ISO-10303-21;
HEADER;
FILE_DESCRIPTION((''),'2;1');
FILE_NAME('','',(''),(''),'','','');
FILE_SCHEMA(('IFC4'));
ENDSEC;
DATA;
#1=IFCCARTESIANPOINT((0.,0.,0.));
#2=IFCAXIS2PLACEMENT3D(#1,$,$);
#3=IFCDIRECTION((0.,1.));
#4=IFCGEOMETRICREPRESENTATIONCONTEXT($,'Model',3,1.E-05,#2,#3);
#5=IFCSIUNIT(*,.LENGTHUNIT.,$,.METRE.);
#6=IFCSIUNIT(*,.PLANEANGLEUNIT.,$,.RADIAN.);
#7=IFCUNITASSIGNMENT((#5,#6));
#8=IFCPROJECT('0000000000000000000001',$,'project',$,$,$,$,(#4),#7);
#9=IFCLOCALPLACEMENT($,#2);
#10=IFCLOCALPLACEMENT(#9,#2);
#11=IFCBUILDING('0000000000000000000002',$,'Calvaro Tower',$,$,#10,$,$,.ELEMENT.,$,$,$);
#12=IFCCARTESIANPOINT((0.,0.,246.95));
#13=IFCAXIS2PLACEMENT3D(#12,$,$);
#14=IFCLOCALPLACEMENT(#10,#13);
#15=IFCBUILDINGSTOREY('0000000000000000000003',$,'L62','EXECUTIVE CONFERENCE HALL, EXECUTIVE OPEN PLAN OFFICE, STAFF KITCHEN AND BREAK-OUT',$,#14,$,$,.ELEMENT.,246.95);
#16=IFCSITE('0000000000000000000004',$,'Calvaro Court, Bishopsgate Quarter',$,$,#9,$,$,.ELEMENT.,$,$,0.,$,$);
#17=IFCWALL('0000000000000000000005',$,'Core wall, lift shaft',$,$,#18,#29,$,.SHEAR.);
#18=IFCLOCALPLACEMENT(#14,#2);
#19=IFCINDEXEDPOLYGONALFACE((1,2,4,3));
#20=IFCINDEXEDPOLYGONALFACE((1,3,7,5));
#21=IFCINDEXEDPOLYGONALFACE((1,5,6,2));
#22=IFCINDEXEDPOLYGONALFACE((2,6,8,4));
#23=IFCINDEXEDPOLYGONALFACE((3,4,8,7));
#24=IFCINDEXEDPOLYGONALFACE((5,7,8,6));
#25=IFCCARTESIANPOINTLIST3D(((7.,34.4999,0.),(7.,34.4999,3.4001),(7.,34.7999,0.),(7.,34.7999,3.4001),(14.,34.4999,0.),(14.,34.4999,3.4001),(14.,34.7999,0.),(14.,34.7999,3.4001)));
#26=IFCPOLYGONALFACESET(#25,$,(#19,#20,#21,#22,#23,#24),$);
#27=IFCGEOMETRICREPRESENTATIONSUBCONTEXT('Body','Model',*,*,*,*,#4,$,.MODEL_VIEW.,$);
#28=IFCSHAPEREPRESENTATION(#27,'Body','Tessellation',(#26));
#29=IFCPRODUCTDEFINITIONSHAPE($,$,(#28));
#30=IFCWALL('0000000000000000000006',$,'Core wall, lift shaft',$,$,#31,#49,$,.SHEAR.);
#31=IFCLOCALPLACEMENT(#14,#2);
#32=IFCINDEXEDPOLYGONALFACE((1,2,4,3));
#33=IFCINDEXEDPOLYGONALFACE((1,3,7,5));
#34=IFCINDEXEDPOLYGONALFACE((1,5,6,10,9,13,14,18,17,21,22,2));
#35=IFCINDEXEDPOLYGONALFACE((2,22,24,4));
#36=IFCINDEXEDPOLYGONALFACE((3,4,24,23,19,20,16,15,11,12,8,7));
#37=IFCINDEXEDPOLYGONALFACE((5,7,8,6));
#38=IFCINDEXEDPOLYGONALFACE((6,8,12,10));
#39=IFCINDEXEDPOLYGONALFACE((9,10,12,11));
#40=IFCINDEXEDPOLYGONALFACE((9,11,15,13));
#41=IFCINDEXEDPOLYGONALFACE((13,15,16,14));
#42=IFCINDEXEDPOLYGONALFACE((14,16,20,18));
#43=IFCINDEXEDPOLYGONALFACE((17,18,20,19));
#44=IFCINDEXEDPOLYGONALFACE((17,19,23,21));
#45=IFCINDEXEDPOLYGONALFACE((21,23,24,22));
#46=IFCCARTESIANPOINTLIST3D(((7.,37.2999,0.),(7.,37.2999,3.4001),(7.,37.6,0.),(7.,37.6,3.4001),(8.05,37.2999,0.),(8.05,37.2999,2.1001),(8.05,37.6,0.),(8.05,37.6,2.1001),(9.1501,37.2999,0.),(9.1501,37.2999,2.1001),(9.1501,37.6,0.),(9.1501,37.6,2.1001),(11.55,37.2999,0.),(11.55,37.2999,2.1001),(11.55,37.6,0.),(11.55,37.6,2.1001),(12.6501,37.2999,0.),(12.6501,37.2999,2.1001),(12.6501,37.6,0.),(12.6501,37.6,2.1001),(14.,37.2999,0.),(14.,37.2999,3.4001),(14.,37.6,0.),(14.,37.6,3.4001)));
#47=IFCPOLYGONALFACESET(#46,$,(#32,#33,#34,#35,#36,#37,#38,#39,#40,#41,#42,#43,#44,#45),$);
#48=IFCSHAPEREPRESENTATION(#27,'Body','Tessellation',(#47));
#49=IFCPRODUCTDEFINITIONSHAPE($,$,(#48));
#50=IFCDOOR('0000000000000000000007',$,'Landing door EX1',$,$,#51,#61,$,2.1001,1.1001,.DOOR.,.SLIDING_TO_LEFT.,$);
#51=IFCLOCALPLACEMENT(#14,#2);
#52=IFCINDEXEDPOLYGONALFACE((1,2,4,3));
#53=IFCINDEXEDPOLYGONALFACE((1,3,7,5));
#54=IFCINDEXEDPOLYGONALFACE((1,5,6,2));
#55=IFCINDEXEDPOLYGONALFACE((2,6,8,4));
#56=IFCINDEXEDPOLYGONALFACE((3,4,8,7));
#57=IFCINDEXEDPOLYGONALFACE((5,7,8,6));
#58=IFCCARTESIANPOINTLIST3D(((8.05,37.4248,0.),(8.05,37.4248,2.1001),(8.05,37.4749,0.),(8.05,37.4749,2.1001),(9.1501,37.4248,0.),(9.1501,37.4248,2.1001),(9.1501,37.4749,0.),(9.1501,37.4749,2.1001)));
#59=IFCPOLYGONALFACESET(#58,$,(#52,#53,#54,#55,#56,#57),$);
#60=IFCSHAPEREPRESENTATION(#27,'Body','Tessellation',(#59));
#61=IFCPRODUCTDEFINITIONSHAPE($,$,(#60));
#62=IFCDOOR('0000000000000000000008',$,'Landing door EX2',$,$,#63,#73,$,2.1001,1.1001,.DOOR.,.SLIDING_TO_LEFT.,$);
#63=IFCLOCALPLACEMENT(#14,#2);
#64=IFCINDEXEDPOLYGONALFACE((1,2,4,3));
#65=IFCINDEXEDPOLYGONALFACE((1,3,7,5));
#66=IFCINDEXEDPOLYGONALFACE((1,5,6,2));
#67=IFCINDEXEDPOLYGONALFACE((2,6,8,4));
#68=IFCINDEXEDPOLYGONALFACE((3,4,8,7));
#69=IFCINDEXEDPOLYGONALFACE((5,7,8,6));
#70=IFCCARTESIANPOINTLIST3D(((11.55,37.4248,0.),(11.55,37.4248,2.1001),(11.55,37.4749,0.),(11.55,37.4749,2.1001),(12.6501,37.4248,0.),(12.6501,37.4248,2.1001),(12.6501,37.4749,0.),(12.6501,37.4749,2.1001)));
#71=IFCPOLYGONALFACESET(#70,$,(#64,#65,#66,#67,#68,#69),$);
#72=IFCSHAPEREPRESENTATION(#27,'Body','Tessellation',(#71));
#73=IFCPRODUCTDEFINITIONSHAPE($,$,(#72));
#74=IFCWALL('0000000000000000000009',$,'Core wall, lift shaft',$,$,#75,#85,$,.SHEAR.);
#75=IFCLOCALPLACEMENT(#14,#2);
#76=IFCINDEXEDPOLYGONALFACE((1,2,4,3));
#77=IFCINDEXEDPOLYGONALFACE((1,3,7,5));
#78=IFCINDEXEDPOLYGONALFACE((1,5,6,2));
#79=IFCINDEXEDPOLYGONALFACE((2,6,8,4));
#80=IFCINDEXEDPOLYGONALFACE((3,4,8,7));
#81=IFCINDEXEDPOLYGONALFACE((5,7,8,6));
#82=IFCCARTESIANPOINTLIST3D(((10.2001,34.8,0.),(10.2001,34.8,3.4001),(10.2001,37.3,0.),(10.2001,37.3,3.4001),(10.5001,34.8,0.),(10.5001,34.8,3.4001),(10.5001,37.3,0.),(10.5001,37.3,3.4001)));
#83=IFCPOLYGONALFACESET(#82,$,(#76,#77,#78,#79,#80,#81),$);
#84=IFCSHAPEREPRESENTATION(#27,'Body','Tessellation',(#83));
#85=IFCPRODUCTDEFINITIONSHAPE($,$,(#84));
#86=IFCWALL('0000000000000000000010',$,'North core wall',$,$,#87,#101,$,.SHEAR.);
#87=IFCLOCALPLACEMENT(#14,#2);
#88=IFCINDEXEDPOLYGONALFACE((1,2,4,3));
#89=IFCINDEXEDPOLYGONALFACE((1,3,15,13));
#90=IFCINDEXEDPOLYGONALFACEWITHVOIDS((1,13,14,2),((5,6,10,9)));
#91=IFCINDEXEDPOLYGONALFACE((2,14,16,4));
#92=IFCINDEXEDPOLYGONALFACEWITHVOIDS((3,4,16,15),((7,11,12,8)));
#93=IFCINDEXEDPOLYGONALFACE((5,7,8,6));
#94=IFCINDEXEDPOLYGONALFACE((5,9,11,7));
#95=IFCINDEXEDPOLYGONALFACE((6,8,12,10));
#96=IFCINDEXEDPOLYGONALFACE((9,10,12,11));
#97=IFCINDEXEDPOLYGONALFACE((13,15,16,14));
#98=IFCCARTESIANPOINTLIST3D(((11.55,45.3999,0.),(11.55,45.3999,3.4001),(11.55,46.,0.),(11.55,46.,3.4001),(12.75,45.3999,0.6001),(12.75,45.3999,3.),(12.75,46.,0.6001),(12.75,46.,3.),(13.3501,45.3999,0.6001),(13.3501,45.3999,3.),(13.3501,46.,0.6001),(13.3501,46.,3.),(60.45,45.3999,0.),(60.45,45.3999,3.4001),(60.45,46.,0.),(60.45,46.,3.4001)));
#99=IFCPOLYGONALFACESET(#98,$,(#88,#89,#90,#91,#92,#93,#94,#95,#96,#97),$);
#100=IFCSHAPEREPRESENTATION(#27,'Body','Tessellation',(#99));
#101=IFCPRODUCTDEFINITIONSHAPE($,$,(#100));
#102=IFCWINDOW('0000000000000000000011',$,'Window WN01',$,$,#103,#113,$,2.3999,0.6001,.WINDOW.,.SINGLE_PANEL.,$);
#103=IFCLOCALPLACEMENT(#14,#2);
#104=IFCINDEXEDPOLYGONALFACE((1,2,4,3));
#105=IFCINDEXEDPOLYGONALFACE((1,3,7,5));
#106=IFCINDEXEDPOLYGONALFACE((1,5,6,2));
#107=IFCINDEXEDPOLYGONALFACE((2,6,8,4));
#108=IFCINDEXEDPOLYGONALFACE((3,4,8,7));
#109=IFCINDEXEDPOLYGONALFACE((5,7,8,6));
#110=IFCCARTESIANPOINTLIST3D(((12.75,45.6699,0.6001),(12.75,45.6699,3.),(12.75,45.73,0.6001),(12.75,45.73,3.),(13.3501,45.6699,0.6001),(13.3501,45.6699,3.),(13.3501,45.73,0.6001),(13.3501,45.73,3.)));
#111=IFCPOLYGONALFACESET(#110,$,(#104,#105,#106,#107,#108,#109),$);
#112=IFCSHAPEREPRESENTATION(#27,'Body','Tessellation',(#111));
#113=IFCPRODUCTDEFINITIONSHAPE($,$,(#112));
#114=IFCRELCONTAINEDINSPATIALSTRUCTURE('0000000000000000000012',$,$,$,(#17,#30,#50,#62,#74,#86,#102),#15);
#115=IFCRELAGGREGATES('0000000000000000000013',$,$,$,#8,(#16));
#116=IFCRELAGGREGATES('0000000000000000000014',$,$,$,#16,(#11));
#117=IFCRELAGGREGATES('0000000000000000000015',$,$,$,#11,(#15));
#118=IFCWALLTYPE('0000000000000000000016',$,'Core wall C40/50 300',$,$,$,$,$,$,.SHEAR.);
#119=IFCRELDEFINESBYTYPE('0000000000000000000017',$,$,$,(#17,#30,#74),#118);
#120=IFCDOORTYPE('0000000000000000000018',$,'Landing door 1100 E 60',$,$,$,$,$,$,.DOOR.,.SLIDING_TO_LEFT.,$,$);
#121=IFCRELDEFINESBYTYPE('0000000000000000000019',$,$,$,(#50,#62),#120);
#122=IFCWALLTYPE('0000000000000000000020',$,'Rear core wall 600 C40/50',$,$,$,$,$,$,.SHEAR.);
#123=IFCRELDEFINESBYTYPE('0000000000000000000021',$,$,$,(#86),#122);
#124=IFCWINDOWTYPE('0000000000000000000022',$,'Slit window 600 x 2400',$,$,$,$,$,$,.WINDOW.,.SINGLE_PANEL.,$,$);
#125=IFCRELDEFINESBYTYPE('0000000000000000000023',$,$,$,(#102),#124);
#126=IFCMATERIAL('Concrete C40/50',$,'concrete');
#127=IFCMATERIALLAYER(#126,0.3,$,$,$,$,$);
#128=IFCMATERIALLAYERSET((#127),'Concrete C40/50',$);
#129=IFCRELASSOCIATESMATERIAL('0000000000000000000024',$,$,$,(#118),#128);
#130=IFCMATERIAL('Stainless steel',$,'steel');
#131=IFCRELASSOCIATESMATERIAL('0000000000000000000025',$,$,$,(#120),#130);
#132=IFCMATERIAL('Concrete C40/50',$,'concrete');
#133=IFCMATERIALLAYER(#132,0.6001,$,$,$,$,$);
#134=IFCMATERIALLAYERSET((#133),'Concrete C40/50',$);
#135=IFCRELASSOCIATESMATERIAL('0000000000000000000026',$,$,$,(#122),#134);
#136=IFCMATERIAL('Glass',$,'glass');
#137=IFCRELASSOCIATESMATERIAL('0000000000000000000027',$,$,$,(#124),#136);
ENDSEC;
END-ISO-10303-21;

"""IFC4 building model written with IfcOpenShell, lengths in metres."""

from ifc_helpers import new_model, si_unit, direction, frame, frame_2d, origin, place, context, subcontext, project, spatial, rectangle, extrude, material, layer, layer_set, type_object, element, fill, save


model = new_model("IFC4")

# Units and contexts
model_context = context("Model", 3, precision=1e-05, world=origin(), true_north=direction((0.0, 1.0)))
body_context = subcontext(model_context, "Body", "Model", "MODEL_VIEW")
ifc_project = project(units=[si_unit("LENGTHUNIT", "METRE"), si_unit("PLANEANGLEUNIT", "RADIAN")], contexts=[model_context])

# Site, building, storey
site_placement = place(None, origin())
site = spatial("IfcSite", under=ifc_project, at=site_placement, Name="Calvaro Court, Bishopsgate Quarter", CompositionType="ELEMENT", RefElevation=0.0)
building_placement = place(site_placement, origin())
building = spatial("IfcBuilding", under=site, at=building_placement, Name="Calvaro Tower", CompositionType="ELEMENT")
storey_placement = place(building_placement, frame((0.0, 0.0, 246.95)))
storey = spatial("IfcBuildingStorey", under=building, at=storey_placement, Name="L62", Description="EXECUTIVE CONFERENCE HALL, EXECUTIVE OPEN PLAN OFFICE, STAFF KITCHEN AND BREAK-OUT", CompositionType="ELEMENT", Elevation=246.95)

# Wall
ifc_material_1 = material(Name="Concrete C40/50", Category="concrete")
ifc_layer_1 = layer(ifc_material_1, 0.3)
ifc_layer_set_1 = layer_set([ifc_layer_1], Name="Concrete C40/50")
wall_type_1 = type_object("IfcWallType", Name="Core wall C40/50 300", PredefinedType="SHEAR", material=ifc_layer_set_1)
wall_1_placement = place(storey_placement, frame((7.0, 34.6499, 0.0), z_axis=(0.0, 0.0, 1.0), x_axis=(1.0, 0.0, 0.0)))
element("IfcWall", 1, at=wall_1_placement, inside=storey, type_object=wall_type_1, Name="Core wall, lift shaft", PredefinedType="SHEAR", context=body_context, shape_type="SweptSolid", body=[
    extrude(rectangle(XDim=7.0, YDim=0.3, at=frame_2d((3.5, 0.0))), origin(), (0.0, 0.0, 1.0), 3.4001),
])

# Wall, openings, doors
wall_2_placement = place(storey_placement, frame((7.0, 37.45, 0.0), z_axis=(0.0, 0.0, 1.0), x_axis=(1.0, 0.0, 0.0)))
wall_2 = element("IfcWall", 2, at=wall_2_placement, inside=storey, type_object=wall_type_1, Name="Core wall, lift shaft", PredefinedType="SHEAR", context=body_context, shape_type="SweptSolid", body=[
    extrude(rectangle(XDim=7.0, YDim=0.3, at=frame_2d((3.5, 0.0))), origin(), (0.0, 0.0, 1.0), 3.4001),
])
opening_1_placement = place(wall_2_placement, frame((1.05, 0.0, 0.0)))
opening_1 = element("IfcOpeningElement", 3, at=opening_1_placement, cuts=wall_2, PredefinedType="OPENING", context=body_context, shape_type="SweptSolid", body=[
    extrude(rectangle(XDim=1.1001, YDim=2.1001, at=frame_2d((0.55, 1.05))), frame((0.0, 0.1599, 0.0), z_axis=(0.0, -1.0, 0.0), x_axis=(1.0, 0.0, 0.0)), (0.0, 0.0, 1.0), 0.3201),
])
opening_2_placement = place(wall_2_placement, frame((4.55, 0.0, 0.0)))
opening_2 = element("IfcOpeningElement", 4, at=opening_2_placement, cuts=wall_2, PredefinedType="OPENING", context=body_context, shape_type="SweptSolid", body=[
    extrude(rectangle(XDim=1.1001, YDim=2.1001, at=frame_2d((0.55, 1.05))), frame((0.0, 0.1599, 0.0), z_axis=(0.0, -1.0, 0.0), x_axis=(1.0, 0.0, 0.0)), (0.0, 0.0, 1.0), 0.3201),
])
ifc_material_2 = material(Name="Stainless steel", Category="steel")
door_type_1 = type_object("IfcDoorType", Name="Landing door 1100 E 60", OperationType="SLIDING_TO_LEFT", PredefinedType="DOOR", material=ifc_material_2)
door_1_placement = place(opening_1_placement, origin())
door_1 = element("IfcDoor", 5, at=door_1_placement, inside=storey, type_object=door_type_1, Name="Landing door EX1", OperationType="SLIDING_TO_LEFT", OverallHeight=2.1001, OverallWidth=1.1001, PredefinedType="DOOR", context=body_context, shape_type="SweptSolid", body=[
    extrude(rectangle(XDim=1.1001, YDim=2.1001, at=frame_2d((0.55, 1.05))), frame((0.0, 0.0249, 0.0), z_axis=(0.0, -1.0, 0.0), x_axis=(1.0, 0.0, 0.0)), (0.0, 0.0, 1.0), 0.05),
])
fill(opening_1, door_1)
door_2_placement = place(opening_2_placement, origin())
door_2 = element("IfcDoor", 6, at=door_2_placement, inside=storey, type_object=door_type_1, Name="Landing door EX2", OperationType="SLIDING_TO_LEFT", OverallHeight=2.1001, OverallWidth=1.1001, PredefinedType="DOOR", context=body_context, shape_type="SweptSolid", body=[
    extrude(rectangle(XDim=1.1001, YDim=2.1001, at=frame_2d((0.55, 1.05))), frame((0.0, 0.0249, 0.0), z_axis=(0.0, -1.0, 0.0), x_axis=(1.0, 0.0, 0.0)), (0.0, 0.0, 1.0), 0.05),
])
fill(opening_2, door_2)

# Wall
wall_3_placement = place(storey_placement, frame((10.3501, 34.8, 0.0), z_axis=(0.0, 0.0, 1.0), x_axis=(0.0, 1.0, 0.0)))
element("IfcWall", 7, at=wall_3_placement, inside=storey, type_object=wall_type_1, Name="Core wall, lift shaft", PredefinedType="SHEAR", context=body_context, shape_type="SweptSolid", body=[
    extrude(rectangle(XDim=2.5, YDim=0.3, at=frame_2d((1.25, 0.0))), origin(), (0.0, 0.0, 1.0), 3.4001),
])

# Wall, opening, window
ifc_material_3 = material(Name="Concrete C40/50", Category="concrete")
ifc_layer_2 = layer(ifc_material_3, 0.6001)
ifc_layer_set_2 = layer_set([ifc_layer_2], Name="Concrete C40/50")
wall_type_2 = type_object("IfcWallType", Name="Rear core wall 600 C40/50", PredefinedType="SHEAR", material=ifc_layer_set_2)
wall_4_placement = place(storey_placement, frame((11.55, 45.7, 0.0), z_axis=(0.0, 0.0, 1.0), x_axis=(1.0, 0.0, 0.0)))
wall_4 = element("IfcWall", 8, at=wall_4_placement, inside=storey, type_object=wall_type_2, Name="North core wall", PredefinedType="SHEAR", context=body_context, shape_type="SweptSolid", body=[
    extrude(rectangle(XDim=48.8999, YDim=0.6001, at=frame_2d((24.45, 0.0))), origin(), (0.0, 0.0, 1.0), 3.4001),
])
opening_3_placement = place(wall_4_placement, frame((1.2, 0.0, 0.6001)))
opening_3 = element("IfcOpeningElement", 9, at=opening_3_placement, cuts=wall_4, PredefinedType="OPENING", context=body_context, shape_type="SweptSolid", body=[
    extrude(rectangle(XDim=0.6001, YDim=2.3999, at=frame_2d((0.3, 1.2))), frame((0.0, 0.3101, 0.0), z_axis=(0.0, -1.0, 0.0), x_axis=(1.0, 0.0, 0.0)), (0.0, 0.0, 1.0), 0.6201),
])
ifc_material_4 = material(Name="Glass", Category="glass")
window_type = type_object("IfcWindowType", Name="Slit window 600 x 2400", PartitioningType="SINGLE_PANEL", PredefinedType="WINDOW", material=ifc_material_4)
window_placement = place(opening_3_placement, origin())
window = element("IfcWindow", 10, at=window_placement, inside=storey, type_object=window_type, Name="Window WN01", OverallHeight=2.3999, OverallWidth=0.6001, PartitioningType="SINGLE_PANEL", PredefinedType="WINDOW", context=body_context, shape_type="SweptSolid", body=[
    extrude(rectangle(XDim=0.6001, YDim=2.3999, at=frame_2d((0.3, 1.2))), frame((0.0, 0.03, 0.0), z_axis=(0.0, -1.0, 0.0), x_axis=(1.0, 0.0, 0.0)), (0.0, 0.0, 1.0), 0.0601),
])
fill(opening_3, window)

save(model, "model.ifc")
